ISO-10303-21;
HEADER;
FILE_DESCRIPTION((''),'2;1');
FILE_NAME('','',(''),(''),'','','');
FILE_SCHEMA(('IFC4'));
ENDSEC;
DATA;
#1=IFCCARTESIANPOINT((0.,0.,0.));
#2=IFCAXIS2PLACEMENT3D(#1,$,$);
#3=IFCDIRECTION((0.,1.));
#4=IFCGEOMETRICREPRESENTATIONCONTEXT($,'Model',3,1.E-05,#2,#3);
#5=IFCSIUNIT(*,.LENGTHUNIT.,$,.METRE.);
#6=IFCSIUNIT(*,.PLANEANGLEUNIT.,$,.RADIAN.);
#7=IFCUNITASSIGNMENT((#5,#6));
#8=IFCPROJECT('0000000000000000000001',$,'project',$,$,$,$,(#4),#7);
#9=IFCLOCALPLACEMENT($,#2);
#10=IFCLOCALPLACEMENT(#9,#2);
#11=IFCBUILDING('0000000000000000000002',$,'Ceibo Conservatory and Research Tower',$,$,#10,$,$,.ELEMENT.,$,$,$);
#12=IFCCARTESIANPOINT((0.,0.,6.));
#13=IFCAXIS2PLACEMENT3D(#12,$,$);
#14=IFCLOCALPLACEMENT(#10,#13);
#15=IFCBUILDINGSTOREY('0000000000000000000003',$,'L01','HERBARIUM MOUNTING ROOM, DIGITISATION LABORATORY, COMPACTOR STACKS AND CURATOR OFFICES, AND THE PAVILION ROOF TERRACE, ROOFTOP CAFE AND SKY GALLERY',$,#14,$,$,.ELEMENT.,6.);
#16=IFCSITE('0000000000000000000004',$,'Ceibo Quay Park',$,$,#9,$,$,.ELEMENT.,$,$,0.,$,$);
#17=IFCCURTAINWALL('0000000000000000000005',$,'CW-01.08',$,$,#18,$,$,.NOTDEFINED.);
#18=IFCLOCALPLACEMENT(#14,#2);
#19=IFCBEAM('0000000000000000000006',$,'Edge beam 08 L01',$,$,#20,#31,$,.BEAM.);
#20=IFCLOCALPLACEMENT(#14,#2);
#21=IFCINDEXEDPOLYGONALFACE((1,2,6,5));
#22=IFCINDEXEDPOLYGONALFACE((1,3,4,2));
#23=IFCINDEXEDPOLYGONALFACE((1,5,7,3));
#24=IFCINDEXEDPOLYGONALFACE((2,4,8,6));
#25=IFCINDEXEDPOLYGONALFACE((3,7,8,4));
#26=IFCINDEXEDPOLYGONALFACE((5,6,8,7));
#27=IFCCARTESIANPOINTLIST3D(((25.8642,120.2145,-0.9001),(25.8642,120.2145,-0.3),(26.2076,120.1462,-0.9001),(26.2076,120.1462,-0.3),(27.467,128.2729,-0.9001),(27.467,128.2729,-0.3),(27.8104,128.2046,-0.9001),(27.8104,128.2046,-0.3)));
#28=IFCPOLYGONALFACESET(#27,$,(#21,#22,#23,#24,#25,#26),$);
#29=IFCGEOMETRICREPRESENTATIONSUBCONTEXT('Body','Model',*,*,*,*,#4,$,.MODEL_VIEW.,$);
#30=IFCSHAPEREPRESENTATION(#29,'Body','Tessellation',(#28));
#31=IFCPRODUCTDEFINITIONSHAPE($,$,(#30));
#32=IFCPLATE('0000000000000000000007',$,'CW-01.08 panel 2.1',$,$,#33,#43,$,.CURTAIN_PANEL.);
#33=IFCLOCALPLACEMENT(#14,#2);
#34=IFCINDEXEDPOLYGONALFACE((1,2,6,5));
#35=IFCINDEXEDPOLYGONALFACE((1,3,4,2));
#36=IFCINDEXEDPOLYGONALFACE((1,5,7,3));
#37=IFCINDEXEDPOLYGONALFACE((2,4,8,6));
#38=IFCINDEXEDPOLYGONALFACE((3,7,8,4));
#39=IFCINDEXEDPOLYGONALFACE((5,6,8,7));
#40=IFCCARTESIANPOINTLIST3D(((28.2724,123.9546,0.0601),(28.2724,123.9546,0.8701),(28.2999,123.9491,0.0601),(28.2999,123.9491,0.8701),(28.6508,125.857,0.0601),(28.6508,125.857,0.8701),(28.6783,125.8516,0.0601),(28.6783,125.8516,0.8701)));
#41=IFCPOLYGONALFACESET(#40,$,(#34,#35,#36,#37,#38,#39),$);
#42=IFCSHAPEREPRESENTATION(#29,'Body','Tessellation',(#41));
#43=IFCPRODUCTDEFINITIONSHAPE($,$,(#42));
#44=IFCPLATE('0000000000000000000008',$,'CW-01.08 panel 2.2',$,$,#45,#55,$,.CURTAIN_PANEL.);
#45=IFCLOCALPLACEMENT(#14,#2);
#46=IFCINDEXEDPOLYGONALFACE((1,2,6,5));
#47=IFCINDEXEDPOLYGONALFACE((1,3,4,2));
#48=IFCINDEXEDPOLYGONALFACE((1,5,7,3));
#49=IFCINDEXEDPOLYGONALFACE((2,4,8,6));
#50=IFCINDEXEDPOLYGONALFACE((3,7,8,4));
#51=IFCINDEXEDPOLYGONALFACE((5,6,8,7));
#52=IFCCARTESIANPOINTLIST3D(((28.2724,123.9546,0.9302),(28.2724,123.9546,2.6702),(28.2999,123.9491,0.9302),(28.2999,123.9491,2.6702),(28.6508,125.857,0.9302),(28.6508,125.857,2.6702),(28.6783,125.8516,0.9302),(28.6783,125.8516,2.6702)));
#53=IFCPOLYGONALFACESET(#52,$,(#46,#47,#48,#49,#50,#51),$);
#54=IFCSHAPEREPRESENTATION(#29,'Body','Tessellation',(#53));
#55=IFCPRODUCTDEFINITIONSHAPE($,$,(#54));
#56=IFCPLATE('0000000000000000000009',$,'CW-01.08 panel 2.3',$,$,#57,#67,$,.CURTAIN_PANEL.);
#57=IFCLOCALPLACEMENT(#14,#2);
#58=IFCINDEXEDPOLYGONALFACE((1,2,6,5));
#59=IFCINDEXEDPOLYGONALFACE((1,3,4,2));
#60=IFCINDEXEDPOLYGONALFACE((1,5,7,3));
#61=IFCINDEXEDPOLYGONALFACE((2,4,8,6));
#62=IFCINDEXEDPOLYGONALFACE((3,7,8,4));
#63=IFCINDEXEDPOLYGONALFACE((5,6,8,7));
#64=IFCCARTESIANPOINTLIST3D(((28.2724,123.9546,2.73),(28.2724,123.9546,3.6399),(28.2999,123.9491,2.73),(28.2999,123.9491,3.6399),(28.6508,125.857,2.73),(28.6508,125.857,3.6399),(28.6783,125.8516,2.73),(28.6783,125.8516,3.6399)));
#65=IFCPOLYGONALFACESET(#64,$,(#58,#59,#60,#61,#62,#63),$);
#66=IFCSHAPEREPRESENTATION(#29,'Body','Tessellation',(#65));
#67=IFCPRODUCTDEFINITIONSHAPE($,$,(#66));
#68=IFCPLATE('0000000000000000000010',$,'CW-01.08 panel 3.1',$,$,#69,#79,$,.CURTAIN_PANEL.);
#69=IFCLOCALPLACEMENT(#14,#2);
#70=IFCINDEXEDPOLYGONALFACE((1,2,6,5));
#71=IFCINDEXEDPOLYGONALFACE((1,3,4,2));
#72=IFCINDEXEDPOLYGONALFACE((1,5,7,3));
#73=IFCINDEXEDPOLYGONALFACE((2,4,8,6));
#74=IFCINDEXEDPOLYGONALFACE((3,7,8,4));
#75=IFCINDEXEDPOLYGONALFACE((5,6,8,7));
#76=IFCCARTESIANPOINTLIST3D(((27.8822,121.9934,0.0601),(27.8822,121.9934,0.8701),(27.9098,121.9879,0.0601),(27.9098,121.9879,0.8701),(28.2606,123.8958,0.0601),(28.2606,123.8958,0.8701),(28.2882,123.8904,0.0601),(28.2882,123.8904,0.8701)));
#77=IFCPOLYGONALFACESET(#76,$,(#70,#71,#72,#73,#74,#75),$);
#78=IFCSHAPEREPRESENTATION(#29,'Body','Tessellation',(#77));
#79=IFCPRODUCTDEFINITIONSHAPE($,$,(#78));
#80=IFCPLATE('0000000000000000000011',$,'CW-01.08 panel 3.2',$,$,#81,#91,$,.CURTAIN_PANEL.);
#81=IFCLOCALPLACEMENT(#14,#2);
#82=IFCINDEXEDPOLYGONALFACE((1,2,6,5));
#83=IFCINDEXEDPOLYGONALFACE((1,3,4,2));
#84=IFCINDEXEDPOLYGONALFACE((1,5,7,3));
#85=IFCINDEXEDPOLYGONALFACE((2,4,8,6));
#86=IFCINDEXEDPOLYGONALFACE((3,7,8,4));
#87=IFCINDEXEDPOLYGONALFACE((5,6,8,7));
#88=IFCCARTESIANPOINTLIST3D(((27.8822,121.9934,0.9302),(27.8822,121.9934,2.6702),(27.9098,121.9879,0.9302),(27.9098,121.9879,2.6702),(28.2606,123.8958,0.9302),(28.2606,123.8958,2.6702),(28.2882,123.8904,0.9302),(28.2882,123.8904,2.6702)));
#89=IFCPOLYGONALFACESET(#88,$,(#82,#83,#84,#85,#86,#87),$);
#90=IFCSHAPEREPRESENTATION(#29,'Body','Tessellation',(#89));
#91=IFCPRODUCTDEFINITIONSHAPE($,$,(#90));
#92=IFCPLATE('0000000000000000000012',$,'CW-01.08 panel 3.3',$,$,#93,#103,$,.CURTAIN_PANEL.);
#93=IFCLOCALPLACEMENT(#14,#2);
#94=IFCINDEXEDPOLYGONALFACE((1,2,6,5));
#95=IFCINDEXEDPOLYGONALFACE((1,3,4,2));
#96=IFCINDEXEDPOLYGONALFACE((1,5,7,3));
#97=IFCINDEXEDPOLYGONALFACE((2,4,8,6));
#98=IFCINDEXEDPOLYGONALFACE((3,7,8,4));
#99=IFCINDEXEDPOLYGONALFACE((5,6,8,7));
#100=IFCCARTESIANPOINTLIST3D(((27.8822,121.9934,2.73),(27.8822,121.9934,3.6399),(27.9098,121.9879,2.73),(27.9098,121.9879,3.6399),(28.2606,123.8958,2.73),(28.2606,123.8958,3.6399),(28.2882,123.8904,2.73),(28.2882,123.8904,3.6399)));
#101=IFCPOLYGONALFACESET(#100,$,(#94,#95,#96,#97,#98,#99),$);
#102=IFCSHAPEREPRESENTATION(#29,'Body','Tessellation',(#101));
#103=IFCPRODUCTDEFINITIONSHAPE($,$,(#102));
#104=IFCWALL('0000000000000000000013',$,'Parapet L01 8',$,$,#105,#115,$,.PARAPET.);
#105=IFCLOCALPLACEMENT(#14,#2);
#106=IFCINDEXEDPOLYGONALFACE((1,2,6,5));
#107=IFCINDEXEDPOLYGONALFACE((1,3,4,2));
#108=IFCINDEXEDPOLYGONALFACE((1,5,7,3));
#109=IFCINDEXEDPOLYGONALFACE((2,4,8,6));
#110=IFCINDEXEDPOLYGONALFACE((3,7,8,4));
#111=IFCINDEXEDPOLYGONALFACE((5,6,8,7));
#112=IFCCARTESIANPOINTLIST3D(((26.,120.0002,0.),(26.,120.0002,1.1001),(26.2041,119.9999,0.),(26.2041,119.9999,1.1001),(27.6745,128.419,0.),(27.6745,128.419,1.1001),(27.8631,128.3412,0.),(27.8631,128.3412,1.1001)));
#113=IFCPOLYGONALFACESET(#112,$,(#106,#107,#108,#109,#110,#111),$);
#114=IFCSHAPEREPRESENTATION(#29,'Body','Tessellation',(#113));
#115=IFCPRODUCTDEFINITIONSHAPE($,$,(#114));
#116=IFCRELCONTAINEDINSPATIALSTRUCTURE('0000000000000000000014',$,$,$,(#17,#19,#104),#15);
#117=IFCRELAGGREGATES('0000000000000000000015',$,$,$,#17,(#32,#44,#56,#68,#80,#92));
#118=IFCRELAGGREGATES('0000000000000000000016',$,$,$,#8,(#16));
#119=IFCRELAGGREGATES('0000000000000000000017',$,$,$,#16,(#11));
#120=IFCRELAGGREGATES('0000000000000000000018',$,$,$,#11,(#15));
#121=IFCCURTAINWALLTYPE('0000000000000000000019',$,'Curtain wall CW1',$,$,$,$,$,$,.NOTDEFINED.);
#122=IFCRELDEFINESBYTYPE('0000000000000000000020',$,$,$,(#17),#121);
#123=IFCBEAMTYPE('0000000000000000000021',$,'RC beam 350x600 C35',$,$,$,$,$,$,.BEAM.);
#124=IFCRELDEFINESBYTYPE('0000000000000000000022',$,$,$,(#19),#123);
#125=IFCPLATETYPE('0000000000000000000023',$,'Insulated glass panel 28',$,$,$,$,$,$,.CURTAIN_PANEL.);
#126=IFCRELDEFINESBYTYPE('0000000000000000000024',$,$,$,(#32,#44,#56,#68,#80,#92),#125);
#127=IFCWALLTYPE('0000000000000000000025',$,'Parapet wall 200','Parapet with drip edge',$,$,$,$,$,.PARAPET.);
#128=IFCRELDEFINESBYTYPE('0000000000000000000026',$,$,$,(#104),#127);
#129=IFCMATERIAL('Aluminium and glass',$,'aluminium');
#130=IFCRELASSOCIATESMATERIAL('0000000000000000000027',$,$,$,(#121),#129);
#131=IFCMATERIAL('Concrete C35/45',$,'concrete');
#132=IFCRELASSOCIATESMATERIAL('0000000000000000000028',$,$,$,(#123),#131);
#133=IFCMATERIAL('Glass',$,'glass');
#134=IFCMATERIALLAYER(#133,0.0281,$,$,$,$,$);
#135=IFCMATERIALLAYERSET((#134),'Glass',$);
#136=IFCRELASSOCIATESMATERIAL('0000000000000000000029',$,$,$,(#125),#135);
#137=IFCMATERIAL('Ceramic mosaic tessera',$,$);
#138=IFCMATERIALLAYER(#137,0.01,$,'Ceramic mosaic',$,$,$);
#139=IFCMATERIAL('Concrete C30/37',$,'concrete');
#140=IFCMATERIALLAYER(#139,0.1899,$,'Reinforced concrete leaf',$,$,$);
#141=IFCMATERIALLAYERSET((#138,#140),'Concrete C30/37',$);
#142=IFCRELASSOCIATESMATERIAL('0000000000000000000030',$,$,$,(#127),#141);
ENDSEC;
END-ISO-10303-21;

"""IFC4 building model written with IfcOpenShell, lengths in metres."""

from ifc_helpers import new_model, si_unit, direction, frame, origin, origin_2d, place, context, subcontext, project, spatial, polyline, rectangle, outline, extrude, material, layer, layer_set, material_profile, profile_set, type_object, element, aggregate, save


model = new_model("IFC4")

# Units and contexts
model_context = context("Model", 3, precision=1e-05, world=origin(), true_north=direction((0.0, 1.0)))
body_context = subcontext(model_context, "Body", "Model", "MODEL_VIEW")
ifc_project = project(units=[si_unit("LENGTHUNIT", "METRE"), si_unit("PLANEANGLEUNIT", "RADIAN")], contexts=[model_context])

# Site, building, storey
site_placement = place(None, origin())
site = spatial("IfcSite", under=ifc_project, at=site_placement, Name="Ceibo Quay Park", CompositionType="ELEMENT", RefElevation=0.0)
building_placement = place(site_placement, origin())
building = spatial("IfcBuilding", under=site, at=building_placement, Name="Ceibo Conservatory and Research Tower", CompositionType="ELEMENT")
storey_placement = place(building_placement, frame((0.0, 0.0, 6.0)))
storey = spatial("IfcBuildingStorey", under=building, at=storey_placement, Name="L01", Description="HERBARIUM MOUNTING ROOM, DIGITISATION LABORATORY, COMPACTOR STACKS AND CURATOR OFFICES, AND THE PAVILION ROOF TERRACE, ROOFTOP CAFE AND SKY GALLERY", CompositionType="ELEMENT", Elevation=6.0)

# Curtain wall
ifc_material_1 = material(Name="Aluminium and glass", Category="aluminium")
curtain_wall_type = type_object("IfcCurtainWallType", Name="Curtain wall CW1", PredefinedType="NOTDEFINED", material=ifc_material_1)
curtain_wall_placement = place(storey_placement, origin())
curtain_wall = element("IfcCurtainWall", 1, at=curtain_wall_placement, inside=storey, type_object=curtain_wall_type, Name="CW-01.08", PredefinedType="NOTDEFINED")

# Beam
ifc_material_2 = material(Name="Concrete C35/45", Category="concrete")
ifc_material_profile_1 = material_profile(ifc_material_2, rectangle(XDim=0.3501, YDim=0.6001, at=origin_2d()), Name="RC 350x600")
ifc_profile_set_1 = profile_set([ifc_material_profile_1], Name="Concrete C35/45")
beam_type = type_object("IfcBeamType", Name="RC beam 350x600 C35", PredefinedType="BEAM", material=ifc_profile_set_1)
beam_placement = place(storey_placement, frame((27.6387, 128.2388, -0.6001), z_axis=(-0.195076, -0.980788, 0.0), x_axis=(0.980788, -0.195076, 0.0)))
element("IfcBeam", 2, at=beam_placement, inside=storey, type_object=beam_type, Name="Edge beam 08 L01", PredefinedType="BEAM", context=body_context, shape_type="SweptSolid", body=[
    extrude(rectangle(XDim=0.3501, YDim=0.6001, at=origin_2d()), origin(), (0.0, 0.0, 1.0), 8.2163),
])

# Plates
ifc_material_3 = material(Name="Glass", Category="glass")
ifc_layer_1 = layer(ifc_material_3, 0.0281)
ifc_layer_set_1 = layer_set([ifc_layer_1], Name="Glass")
plate_type = type_object("IfcPlateType", Name="Insulated glass panel 28", PredefinedType="CURTAIN_PANEL", material=ifc_layer_set_1)
plate_1_placement = place(storey_placement, frame((28.4753, 124.9031, 0.0601), z_axis=(0.0, 0.0, 1.0), x_axis=(-0.19509, -0.980785, 0.0)))
plate_1 = element("IfcPlate", 3, at=plate_1_placement, type_object=plate_type, Name="CW-01.08 panel 2.1", PredefinedType="CURTAIN_PANEL", context=body_context, shape_type="SweptSolid", body=[
    extrude(rectangle(XDim=1.9397, YDim=0.0281, at=origin_2d()), origin(), (0.0, 0.0, 1.0), 0.8101),
])
plate_2_placement = place(storey_placement, frame((28.4753, 124.9031, 0.9302), z_axis=(0.0, 0.0, 1.0), x_axis=(-0.19509, -0.980785, 0.0)))
plate_2 = element("IfcPlate", 4, at=plate_2_placement, type_object=plate_type, Name="CW-01.08 panel 2.2", PredefinedType="CURTAIN_PANEL", context=body_context, shape_type="SweptSolid", body=[
    extrude(rectangle(XDim=1.9397, YDim=0.0281, at=origin_2d()), origin(), (0.0, 0.0, 1.0), 1.74),
])
plate_3_placement = place(storey_placement, frame((28.4753, 124.9031, 2.73), z_axis=(0.0, 0.0, 1.0), x_axis=(-0.19509, -0.980785, 0.0)))
plate_3 = element("IfcPlate", 5, at=plate_3_placement, type_object=plate_type, Name="CW-01.08 panel 2.3", PredefinedType="CURTAIN_PANEL", context=body_context, shape_type="SweptSolid", body=[
    extrude(rectangle(XDim=1.9397, YDim=0.0281, at=origin_2d()), origin(), (0.0, 0.0, 1.0), 0.9099),
])
plate_4_placement = place(storey_placement, frame((28.0852, 122.9419, 0.0601), z_axis=(0.0, 0.0, 1.0), x_axis=(-0.19509, -0.980785, 0.0)))
plate_4 = element("IfcPlate", 6, at=plate_4_placement, type_object=plate_type, Name="CW-01.08 panel 3.1", PredefinedType="CURTAIN_PANEL", context=body_context, shape_type="SweptSolid", body=[
    extrude(rectangle(XDim=1.9397, YDim=0.0281, at=origin_2d()), origin(), (0.0, 0.0, 1.0), 0.8101),
])
plate_5_placement = place(storey_placement, frame((28.0852, 122.9419, 0.9302), z_axis=(0.0, 0.0, 1.0), x_axis=(-0.19509, -0.980785, 0.0)))
plate_5 = element("IfcPlate", 7, at=plate_5_placement, type_object=plate_type, Name="CW-01.08 panel 3.2", PredefinedType="CURTAIN_PANEL", context=body_context, shape_type="SweptSolid", body=[
    extrude(rectangle(XDim=1.9397, YDim=0.0281, at=origin_2d()), origin(), (0.0, 0.0, 1.0), 1.74),
])
plate_6_placement = place(storey_placement, frame((28.0852, 122.9419, 2.73), z_axis=(0.0, 0.0, 1.0), x_axis=(-0.19509, -0.980785, 0.0)))
plate_6 = element("IfcPlate", 8, at=plate_6_placement, type_object=plate_type, Name="CW-01.08 panel 3.3", PredefinedType="CURTAIN_PANEL", context=body_context, shape_type="SweptSolid", body=[
    extrude(rectangle(XDim=1.9397, YDim=0.0281, at=origin_2d()), origin(), (0.0, 0.0, 1.0), 0.9099),
])
aggregate(curtain_wall, [plate_1, plate_2, plate_3, plate_4, plate_5, plate_6])

# Wall
ifc_material_4 = material(Name="Ceramic mosaic tessera")
ifc_layer_2 = layer(ifc_material_4, 0.01, Name="Ceramic mosaic")
ifc_material_5 = material(Name="Concrete C30/37", Category="concrete")
ifc_layer_3 = layer(ifc_material_5, 0.1899, Name="Reinforced concrete leaf")
ifc_layer_set_2 = layer_set([ifc_layer_2, ifc_layer_3], Name="Concrete C30/37")
wall_type = type_object("IfcWallType", Name="Parapet wall 200", Description="Parapet with drip edge", PredefinedType="PARAPET", material=ifc_layer_set_2)
wall_placement = place(storey_placement, frame((27.7688, 128.3801, 0.0), z_axis=(0.0, 0.0, 1.0), x_axis=(-0.195072, -0.980789, 0.0)))
element("IfcWall", 9, at=wall_placement, inside=storey, type_object=wall_type, Name="Parapet L01 8", PredefinedType="PARAPET", context=body_context, shape_type="SweptSolid", body=[
    extrude(outline(polyline([(-0.0198, -0.1001), (8.564, -0.1001), (8.5244, 0.1001), (0.0198, 0.1001), (-0.0198, -0.1001)])), origin(), (0.0, 0.0, 1.0), 1.1001),
])

save(model, "model.ifc")
